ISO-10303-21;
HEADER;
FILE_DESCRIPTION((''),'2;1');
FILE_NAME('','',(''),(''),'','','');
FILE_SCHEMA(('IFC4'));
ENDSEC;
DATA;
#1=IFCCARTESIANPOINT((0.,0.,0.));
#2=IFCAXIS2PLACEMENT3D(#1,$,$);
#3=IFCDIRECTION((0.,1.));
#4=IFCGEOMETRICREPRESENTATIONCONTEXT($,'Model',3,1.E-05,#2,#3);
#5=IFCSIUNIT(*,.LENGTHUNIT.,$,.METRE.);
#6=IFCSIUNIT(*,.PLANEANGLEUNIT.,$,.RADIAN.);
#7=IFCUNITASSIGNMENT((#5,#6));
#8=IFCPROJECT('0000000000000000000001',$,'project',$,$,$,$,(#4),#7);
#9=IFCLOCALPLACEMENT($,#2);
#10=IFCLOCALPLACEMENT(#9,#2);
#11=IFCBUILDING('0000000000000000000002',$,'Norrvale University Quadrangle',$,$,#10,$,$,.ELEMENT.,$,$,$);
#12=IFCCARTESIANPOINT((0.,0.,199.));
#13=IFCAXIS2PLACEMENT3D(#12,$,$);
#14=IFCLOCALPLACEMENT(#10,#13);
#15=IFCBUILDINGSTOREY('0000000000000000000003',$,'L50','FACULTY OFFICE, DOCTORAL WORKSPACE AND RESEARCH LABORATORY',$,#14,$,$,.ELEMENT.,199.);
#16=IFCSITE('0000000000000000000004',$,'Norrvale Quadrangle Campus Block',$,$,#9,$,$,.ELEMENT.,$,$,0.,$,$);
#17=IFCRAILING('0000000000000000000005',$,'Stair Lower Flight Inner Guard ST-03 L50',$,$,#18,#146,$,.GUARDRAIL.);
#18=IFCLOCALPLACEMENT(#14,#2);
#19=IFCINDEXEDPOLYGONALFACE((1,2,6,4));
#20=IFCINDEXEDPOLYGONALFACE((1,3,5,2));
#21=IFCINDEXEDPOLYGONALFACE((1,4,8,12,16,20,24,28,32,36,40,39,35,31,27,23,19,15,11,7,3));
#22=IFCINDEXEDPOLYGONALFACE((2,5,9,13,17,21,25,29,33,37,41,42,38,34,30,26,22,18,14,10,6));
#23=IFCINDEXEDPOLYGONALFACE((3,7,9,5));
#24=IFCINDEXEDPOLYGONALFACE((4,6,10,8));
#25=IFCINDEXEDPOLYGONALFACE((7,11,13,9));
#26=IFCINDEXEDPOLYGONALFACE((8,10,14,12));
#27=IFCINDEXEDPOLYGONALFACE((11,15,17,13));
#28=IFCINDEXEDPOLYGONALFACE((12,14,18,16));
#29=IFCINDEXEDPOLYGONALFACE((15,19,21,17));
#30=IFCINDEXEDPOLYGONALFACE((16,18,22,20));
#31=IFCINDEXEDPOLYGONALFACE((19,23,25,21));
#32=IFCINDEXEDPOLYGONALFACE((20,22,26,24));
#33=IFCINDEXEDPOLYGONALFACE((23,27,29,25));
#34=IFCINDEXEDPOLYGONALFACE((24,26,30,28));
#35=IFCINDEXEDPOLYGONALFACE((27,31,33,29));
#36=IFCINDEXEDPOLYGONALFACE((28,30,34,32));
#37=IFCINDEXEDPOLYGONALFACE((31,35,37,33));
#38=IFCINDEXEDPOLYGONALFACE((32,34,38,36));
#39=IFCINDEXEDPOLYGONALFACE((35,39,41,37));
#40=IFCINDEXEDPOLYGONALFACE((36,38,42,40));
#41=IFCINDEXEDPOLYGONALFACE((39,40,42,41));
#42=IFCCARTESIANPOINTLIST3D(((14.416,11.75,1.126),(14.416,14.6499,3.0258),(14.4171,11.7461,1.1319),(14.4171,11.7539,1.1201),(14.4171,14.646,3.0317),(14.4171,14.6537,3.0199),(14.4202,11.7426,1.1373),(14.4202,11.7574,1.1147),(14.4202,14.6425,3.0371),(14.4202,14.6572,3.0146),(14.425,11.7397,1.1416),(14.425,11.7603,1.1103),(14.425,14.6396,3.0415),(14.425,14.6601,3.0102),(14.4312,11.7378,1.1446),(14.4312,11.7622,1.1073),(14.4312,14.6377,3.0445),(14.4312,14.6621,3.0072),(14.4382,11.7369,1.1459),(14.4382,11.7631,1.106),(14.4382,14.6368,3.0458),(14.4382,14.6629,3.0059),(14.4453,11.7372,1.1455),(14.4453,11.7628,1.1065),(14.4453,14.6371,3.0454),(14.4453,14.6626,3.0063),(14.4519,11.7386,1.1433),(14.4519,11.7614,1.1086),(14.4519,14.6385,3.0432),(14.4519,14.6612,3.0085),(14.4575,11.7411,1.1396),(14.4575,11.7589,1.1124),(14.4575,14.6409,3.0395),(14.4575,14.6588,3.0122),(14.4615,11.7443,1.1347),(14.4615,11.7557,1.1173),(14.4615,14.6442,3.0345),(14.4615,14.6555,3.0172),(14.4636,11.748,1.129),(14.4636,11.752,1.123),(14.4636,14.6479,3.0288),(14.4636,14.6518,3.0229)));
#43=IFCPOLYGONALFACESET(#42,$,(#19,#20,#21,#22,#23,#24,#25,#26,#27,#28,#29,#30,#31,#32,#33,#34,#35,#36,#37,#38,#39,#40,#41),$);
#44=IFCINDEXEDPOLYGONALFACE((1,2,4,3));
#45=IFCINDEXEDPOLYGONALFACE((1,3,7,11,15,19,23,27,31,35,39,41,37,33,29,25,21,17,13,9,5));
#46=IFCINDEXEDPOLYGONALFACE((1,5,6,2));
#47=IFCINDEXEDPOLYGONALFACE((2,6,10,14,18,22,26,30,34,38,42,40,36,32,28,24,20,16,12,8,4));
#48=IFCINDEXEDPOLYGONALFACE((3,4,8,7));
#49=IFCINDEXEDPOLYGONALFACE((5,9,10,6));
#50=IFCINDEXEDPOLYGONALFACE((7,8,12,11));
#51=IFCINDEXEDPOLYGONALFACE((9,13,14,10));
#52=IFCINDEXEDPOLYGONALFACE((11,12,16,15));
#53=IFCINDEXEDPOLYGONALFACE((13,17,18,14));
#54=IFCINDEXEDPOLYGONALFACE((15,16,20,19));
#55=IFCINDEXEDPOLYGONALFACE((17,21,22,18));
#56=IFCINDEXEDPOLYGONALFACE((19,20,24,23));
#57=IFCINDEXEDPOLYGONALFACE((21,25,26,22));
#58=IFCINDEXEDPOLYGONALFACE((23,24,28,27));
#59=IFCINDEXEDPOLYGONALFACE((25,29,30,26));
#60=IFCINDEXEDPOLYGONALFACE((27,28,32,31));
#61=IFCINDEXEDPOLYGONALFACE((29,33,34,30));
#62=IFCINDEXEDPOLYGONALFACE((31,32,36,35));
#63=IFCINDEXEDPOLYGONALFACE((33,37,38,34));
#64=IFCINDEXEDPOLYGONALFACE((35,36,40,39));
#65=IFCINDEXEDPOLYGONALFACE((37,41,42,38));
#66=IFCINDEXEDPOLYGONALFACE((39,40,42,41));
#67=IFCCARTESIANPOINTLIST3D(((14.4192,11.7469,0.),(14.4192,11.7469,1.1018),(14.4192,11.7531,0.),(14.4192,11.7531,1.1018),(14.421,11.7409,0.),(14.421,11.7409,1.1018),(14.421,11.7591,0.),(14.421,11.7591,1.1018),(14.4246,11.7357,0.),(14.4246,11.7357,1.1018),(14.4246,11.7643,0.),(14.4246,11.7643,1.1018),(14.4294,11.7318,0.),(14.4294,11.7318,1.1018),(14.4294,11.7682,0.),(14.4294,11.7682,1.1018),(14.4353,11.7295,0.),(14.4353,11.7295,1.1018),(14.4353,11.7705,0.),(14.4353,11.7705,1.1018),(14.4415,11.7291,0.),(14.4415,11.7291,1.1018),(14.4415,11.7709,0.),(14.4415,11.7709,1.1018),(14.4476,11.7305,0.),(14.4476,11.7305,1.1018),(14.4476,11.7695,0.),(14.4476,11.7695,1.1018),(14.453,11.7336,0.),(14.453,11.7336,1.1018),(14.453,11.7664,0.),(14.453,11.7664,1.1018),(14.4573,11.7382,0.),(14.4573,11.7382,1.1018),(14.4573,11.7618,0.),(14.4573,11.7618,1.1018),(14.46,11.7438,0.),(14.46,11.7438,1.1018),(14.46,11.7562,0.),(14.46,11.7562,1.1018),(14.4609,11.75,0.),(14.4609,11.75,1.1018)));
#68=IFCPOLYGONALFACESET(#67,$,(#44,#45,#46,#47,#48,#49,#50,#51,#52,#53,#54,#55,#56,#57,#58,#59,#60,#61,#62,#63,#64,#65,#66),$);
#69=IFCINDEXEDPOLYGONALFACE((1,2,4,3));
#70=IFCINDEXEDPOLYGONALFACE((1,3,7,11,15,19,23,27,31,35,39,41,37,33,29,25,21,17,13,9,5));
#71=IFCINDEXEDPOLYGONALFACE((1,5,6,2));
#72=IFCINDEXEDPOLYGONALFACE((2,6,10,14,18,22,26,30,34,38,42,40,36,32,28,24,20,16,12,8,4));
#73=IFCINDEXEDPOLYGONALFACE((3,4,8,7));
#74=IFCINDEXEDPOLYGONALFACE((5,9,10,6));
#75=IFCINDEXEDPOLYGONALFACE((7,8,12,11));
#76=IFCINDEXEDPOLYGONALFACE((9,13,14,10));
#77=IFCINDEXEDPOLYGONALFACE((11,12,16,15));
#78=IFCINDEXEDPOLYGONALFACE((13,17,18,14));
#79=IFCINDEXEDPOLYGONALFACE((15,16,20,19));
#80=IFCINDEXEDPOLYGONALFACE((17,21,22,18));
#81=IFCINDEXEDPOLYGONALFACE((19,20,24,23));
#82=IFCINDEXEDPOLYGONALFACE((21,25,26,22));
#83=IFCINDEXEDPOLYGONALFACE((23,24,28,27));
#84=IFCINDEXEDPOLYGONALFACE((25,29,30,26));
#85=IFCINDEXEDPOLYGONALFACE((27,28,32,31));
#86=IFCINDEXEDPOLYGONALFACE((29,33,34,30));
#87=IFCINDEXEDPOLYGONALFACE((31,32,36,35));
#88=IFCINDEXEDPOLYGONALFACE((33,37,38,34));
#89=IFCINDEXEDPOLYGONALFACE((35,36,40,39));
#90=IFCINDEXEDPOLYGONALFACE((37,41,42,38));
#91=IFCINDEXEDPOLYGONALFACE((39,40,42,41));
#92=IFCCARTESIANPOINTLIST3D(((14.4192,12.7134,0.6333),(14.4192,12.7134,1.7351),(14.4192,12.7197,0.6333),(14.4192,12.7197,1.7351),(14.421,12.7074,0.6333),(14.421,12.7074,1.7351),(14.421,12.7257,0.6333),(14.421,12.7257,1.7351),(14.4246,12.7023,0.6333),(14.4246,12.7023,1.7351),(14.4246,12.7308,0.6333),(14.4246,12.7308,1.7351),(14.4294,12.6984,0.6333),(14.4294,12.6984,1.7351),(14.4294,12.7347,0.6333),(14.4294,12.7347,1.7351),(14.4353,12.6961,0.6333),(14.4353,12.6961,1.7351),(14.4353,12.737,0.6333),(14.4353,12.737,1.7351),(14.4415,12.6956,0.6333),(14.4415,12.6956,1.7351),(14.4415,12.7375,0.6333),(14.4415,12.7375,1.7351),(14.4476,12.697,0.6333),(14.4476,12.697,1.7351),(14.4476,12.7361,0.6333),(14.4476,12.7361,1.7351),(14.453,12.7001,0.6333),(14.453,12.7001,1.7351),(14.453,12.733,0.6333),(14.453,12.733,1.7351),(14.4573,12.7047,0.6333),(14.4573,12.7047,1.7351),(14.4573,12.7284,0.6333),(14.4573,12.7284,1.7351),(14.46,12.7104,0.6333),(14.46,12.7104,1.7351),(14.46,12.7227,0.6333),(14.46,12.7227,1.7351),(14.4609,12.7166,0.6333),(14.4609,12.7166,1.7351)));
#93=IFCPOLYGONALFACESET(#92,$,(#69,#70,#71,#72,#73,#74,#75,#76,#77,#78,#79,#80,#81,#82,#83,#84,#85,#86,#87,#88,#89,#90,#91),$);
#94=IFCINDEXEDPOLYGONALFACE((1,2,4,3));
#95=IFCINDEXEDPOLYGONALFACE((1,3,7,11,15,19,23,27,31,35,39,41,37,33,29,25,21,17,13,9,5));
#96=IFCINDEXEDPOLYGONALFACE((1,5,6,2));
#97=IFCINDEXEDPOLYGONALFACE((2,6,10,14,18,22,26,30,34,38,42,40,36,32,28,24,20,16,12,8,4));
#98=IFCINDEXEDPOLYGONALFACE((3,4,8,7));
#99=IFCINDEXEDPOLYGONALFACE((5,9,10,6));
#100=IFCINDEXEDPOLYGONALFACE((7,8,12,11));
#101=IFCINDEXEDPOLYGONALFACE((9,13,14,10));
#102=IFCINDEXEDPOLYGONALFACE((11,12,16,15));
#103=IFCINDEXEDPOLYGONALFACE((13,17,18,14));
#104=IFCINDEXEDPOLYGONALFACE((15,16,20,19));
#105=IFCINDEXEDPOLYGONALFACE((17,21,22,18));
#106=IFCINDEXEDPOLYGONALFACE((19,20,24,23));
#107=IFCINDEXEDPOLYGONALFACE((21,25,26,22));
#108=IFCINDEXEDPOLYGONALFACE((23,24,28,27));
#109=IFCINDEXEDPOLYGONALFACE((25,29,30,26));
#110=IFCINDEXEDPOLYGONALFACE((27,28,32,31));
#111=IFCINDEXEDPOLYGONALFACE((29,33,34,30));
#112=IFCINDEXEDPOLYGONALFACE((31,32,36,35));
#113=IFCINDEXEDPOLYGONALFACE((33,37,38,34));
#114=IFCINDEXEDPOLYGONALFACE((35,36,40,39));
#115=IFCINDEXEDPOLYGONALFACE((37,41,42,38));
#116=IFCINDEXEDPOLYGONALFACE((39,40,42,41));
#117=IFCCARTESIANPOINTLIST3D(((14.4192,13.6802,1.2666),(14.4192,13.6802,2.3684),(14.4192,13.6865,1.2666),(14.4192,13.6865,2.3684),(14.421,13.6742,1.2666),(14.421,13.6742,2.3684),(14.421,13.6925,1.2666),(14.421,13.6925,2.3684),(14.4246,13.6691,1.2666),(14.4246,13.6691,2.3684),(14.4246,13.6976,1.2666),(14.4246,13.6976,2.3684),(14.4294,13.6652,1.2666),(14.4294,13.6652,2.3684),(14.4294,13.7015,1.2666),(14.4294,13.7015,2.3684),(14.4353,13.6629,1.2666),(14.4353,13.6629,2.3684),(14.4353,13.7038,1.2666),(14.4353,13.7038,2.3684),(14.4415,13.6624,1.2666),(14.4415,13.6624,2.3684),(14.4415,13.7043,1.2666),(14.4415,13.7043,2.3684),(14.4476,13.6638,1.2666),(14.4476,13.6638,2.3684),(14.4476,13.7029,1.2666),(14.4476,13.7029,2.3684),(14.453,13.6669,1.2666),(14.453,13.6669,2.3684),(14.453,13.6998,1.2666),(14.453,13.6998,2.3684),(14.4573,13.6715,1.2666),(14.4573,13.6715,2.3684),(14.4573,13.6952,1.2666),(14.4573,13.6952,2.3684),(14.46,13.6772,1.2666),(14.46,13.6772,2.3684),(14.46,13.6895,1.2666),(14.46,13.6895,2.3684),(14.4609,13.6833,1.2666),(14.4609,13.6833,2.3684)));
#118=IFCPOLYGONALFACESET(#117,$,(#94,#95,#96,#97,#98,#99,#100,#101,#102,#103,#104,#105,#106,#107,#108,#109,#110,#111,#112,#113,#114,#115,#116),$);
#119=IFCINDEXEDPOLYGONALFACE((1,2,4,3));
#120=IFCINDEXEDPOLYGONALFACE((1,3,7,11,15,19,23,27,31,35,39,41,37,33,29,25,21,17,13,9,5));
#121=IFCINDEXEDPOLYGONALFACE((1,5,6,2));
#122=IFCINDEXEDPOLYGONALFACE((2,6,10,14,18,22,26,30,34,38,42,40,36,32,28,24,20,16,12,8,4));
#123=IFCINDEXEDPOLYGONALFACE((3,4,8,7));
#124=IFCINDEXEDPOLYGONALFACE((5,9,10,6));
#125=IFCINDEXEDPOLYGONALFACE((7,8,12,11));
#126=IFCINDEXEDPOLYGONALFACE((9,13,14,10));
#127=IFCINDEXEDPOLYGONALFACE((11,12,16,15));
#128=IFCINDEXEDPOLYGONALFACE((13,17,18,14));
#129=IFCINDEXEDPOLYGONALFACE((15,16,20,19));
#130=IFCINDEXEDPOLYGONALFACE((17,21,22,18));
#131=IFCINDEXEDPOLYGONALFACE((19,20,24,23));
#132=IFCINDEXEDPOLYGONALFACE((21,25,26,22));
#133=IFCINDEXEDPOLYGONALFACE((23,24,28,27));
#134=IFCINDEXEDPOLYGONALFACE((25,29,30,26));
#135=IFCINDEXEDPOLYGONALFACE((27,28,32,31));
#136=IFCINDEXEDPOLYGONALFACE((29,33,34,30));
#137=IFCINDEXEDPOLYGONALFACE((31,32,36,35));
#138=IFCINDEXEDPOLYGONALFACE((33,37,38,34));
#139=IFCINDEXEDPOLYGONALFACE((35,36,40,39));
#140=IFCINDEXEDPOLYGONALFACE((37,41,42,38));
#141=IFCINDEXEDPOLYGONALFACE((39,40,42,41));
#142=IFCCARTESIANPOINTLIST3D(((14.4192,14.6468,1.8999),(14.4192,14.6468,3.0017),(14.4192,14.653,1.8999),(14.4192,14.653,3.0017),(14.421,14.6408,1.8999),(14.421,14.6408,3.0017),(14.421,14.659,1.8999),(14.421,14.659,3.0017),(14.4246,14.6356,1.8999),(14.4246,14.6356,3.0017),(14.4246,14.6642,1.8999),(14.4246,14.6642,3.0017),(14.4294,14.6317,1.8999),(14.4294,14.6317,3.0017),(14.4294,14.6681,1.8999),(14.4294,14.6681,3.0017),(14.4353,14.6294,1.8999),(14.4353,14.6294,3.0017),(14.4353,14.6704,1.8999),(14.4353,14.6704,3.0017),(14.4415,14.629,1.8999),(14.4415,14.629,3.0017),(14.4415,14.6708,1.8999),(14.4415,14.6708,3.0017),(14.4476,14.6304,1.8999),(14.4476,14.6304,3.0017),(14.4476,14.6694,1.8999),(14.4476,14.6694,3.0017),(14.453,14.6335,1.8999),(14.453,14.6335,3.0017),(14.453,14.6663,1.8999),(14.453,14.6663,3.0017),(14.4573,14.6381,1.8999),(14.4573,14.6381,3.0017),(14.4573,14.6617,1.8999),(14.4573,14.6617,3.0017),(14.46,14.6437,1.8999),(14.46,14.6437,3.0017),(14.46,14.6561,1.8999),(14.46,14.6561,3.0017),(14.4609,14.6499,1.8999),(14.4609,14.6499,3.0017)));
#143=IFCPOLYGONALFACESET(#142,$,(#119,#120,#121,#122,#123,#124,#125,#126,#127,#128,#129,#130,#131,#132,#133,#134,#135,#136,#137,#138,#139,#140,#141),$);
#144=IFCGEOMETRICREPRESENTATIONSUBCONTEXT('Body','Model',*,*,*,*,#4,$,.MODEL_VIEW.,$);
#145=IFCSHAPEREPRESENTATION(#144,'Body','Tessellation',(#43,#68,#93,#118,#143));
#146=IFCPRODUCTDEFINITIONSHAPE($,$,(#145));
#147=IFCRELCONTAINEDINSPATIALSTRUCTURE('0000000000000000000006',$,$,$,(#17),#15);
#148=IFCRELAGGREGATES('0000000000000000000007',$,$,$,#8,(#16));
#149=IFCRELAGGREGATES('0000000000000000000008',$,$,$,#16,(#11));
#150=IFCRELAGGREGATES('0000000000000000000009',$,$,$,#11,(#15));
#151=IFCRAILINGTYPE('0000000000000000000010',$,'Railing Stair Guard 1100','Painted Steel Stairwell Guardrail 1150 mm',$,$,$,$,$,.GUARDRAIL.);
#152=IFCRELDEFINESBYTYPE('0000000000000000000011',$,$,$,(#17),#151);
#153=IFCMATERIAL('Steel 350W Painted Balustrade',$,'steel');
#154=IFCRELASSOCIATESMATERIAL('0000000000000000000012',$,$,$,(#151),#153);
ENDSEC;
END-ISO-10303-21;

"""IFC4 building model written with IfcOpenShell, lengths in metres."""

from ifc_helpers import new_model, si_unit, direction, frame, origin, origin_2d, place, context, subcontext, project, spatial, circle, extrude, material, type_object, element, save


model = new_model("IFC4")

# Units and contexts
model_context = context("Model", 3, precision=1e-05, world=origin(), true_north=direction((0.0, 1.0)))
body_context = subcontext(model_context, "Body", "Model", "MODEL_VIEW")
ifc_project = project(units=[si_unit("LENGTHUNIT", "METRE"), si_unit("PLANEANGLEUNIT", "RADIAN")], contexts=[model_context])

# Site, building, storey
site_placement = place(None, origin())
site = spatial("IfcSite", under=ifc_project, at=site_placement, Name="Norrvale Quadrangle Campus Block", CompositionType="ELEMENT", RefElevation=0.0)
building_placement = place(site_placement, origin())
building = spatial("IfcBuilding", under=site, at=building_placement, Name="Norrvale University Quadrangle", CompositionType="ELEMENT")
storey_placement = place(building_placement, frame((0.0, 0.0, 199.0)))
storey = spatial("IfcBuildingStorey", under=building, at=storey_placement, Name="L50", Description="FACULTY OFFICE, DOCTORAL WORKSPACE AND RESEARCH LABORATORY", CompositionType="ELEMENT", Elevation=199.0)

# Railing
ifc_material_1 = material(Name="Steel 350W Painted Balustrade", Category="steel")
railing_type_1 = type_object("IfcRailingType", Name="Railing Stair Guard 1100", Description="Painted Steel Stairwell Guardrail 1150 mm", PredefinedType="GUARDRAIL", material=ifc_material_1)
railing_1_placement = place(storey_placement, frame((14.4399, 11.75, 0.0)))
element("IfcRailing", 1, at=railing_1_placement, inside=storey, type_object=railing_type_1, Name="Stair Lower Flight Inner Guard ST-03 L50", PredefinedType="GUARDRAIL", context=body_context, shape_type="SweptSolid", body=[
    extrude(circle(Radius=0.0239, at=origin_2d()), frame((0.0, 0.0, 1.126), z_axis=(0.0, 0.836466, 0.548019), x_axis=(-1.0, 0.0, 0.0)), (0.0, 0.0, 1.0), 3.4668),
    extrude(circle(Radius=0.021, at=origin_2d()), origin(), (0.0, 0.0, 1.0), 1.1018),
    extrude(circle(Radius=0.021, at=origin_2d()), frame((0.0, 0.9666, 0.6333)), (0.0, 0.0, 1.0), 1.1018),
    extrude(circle(Radius=0.021, at=origin_2d()), frame((0.0, 1.9333, 1.2666)), (0.0, 0.0, 1.0), 1.1018),
    extrude(circle(Radius=0.021, at=origin_2d()), frame((0.0, 2.8999, 1.8999)), (0.0, 0.0, 1.0), 1.1018),
])

save(model, "model.ifc")
